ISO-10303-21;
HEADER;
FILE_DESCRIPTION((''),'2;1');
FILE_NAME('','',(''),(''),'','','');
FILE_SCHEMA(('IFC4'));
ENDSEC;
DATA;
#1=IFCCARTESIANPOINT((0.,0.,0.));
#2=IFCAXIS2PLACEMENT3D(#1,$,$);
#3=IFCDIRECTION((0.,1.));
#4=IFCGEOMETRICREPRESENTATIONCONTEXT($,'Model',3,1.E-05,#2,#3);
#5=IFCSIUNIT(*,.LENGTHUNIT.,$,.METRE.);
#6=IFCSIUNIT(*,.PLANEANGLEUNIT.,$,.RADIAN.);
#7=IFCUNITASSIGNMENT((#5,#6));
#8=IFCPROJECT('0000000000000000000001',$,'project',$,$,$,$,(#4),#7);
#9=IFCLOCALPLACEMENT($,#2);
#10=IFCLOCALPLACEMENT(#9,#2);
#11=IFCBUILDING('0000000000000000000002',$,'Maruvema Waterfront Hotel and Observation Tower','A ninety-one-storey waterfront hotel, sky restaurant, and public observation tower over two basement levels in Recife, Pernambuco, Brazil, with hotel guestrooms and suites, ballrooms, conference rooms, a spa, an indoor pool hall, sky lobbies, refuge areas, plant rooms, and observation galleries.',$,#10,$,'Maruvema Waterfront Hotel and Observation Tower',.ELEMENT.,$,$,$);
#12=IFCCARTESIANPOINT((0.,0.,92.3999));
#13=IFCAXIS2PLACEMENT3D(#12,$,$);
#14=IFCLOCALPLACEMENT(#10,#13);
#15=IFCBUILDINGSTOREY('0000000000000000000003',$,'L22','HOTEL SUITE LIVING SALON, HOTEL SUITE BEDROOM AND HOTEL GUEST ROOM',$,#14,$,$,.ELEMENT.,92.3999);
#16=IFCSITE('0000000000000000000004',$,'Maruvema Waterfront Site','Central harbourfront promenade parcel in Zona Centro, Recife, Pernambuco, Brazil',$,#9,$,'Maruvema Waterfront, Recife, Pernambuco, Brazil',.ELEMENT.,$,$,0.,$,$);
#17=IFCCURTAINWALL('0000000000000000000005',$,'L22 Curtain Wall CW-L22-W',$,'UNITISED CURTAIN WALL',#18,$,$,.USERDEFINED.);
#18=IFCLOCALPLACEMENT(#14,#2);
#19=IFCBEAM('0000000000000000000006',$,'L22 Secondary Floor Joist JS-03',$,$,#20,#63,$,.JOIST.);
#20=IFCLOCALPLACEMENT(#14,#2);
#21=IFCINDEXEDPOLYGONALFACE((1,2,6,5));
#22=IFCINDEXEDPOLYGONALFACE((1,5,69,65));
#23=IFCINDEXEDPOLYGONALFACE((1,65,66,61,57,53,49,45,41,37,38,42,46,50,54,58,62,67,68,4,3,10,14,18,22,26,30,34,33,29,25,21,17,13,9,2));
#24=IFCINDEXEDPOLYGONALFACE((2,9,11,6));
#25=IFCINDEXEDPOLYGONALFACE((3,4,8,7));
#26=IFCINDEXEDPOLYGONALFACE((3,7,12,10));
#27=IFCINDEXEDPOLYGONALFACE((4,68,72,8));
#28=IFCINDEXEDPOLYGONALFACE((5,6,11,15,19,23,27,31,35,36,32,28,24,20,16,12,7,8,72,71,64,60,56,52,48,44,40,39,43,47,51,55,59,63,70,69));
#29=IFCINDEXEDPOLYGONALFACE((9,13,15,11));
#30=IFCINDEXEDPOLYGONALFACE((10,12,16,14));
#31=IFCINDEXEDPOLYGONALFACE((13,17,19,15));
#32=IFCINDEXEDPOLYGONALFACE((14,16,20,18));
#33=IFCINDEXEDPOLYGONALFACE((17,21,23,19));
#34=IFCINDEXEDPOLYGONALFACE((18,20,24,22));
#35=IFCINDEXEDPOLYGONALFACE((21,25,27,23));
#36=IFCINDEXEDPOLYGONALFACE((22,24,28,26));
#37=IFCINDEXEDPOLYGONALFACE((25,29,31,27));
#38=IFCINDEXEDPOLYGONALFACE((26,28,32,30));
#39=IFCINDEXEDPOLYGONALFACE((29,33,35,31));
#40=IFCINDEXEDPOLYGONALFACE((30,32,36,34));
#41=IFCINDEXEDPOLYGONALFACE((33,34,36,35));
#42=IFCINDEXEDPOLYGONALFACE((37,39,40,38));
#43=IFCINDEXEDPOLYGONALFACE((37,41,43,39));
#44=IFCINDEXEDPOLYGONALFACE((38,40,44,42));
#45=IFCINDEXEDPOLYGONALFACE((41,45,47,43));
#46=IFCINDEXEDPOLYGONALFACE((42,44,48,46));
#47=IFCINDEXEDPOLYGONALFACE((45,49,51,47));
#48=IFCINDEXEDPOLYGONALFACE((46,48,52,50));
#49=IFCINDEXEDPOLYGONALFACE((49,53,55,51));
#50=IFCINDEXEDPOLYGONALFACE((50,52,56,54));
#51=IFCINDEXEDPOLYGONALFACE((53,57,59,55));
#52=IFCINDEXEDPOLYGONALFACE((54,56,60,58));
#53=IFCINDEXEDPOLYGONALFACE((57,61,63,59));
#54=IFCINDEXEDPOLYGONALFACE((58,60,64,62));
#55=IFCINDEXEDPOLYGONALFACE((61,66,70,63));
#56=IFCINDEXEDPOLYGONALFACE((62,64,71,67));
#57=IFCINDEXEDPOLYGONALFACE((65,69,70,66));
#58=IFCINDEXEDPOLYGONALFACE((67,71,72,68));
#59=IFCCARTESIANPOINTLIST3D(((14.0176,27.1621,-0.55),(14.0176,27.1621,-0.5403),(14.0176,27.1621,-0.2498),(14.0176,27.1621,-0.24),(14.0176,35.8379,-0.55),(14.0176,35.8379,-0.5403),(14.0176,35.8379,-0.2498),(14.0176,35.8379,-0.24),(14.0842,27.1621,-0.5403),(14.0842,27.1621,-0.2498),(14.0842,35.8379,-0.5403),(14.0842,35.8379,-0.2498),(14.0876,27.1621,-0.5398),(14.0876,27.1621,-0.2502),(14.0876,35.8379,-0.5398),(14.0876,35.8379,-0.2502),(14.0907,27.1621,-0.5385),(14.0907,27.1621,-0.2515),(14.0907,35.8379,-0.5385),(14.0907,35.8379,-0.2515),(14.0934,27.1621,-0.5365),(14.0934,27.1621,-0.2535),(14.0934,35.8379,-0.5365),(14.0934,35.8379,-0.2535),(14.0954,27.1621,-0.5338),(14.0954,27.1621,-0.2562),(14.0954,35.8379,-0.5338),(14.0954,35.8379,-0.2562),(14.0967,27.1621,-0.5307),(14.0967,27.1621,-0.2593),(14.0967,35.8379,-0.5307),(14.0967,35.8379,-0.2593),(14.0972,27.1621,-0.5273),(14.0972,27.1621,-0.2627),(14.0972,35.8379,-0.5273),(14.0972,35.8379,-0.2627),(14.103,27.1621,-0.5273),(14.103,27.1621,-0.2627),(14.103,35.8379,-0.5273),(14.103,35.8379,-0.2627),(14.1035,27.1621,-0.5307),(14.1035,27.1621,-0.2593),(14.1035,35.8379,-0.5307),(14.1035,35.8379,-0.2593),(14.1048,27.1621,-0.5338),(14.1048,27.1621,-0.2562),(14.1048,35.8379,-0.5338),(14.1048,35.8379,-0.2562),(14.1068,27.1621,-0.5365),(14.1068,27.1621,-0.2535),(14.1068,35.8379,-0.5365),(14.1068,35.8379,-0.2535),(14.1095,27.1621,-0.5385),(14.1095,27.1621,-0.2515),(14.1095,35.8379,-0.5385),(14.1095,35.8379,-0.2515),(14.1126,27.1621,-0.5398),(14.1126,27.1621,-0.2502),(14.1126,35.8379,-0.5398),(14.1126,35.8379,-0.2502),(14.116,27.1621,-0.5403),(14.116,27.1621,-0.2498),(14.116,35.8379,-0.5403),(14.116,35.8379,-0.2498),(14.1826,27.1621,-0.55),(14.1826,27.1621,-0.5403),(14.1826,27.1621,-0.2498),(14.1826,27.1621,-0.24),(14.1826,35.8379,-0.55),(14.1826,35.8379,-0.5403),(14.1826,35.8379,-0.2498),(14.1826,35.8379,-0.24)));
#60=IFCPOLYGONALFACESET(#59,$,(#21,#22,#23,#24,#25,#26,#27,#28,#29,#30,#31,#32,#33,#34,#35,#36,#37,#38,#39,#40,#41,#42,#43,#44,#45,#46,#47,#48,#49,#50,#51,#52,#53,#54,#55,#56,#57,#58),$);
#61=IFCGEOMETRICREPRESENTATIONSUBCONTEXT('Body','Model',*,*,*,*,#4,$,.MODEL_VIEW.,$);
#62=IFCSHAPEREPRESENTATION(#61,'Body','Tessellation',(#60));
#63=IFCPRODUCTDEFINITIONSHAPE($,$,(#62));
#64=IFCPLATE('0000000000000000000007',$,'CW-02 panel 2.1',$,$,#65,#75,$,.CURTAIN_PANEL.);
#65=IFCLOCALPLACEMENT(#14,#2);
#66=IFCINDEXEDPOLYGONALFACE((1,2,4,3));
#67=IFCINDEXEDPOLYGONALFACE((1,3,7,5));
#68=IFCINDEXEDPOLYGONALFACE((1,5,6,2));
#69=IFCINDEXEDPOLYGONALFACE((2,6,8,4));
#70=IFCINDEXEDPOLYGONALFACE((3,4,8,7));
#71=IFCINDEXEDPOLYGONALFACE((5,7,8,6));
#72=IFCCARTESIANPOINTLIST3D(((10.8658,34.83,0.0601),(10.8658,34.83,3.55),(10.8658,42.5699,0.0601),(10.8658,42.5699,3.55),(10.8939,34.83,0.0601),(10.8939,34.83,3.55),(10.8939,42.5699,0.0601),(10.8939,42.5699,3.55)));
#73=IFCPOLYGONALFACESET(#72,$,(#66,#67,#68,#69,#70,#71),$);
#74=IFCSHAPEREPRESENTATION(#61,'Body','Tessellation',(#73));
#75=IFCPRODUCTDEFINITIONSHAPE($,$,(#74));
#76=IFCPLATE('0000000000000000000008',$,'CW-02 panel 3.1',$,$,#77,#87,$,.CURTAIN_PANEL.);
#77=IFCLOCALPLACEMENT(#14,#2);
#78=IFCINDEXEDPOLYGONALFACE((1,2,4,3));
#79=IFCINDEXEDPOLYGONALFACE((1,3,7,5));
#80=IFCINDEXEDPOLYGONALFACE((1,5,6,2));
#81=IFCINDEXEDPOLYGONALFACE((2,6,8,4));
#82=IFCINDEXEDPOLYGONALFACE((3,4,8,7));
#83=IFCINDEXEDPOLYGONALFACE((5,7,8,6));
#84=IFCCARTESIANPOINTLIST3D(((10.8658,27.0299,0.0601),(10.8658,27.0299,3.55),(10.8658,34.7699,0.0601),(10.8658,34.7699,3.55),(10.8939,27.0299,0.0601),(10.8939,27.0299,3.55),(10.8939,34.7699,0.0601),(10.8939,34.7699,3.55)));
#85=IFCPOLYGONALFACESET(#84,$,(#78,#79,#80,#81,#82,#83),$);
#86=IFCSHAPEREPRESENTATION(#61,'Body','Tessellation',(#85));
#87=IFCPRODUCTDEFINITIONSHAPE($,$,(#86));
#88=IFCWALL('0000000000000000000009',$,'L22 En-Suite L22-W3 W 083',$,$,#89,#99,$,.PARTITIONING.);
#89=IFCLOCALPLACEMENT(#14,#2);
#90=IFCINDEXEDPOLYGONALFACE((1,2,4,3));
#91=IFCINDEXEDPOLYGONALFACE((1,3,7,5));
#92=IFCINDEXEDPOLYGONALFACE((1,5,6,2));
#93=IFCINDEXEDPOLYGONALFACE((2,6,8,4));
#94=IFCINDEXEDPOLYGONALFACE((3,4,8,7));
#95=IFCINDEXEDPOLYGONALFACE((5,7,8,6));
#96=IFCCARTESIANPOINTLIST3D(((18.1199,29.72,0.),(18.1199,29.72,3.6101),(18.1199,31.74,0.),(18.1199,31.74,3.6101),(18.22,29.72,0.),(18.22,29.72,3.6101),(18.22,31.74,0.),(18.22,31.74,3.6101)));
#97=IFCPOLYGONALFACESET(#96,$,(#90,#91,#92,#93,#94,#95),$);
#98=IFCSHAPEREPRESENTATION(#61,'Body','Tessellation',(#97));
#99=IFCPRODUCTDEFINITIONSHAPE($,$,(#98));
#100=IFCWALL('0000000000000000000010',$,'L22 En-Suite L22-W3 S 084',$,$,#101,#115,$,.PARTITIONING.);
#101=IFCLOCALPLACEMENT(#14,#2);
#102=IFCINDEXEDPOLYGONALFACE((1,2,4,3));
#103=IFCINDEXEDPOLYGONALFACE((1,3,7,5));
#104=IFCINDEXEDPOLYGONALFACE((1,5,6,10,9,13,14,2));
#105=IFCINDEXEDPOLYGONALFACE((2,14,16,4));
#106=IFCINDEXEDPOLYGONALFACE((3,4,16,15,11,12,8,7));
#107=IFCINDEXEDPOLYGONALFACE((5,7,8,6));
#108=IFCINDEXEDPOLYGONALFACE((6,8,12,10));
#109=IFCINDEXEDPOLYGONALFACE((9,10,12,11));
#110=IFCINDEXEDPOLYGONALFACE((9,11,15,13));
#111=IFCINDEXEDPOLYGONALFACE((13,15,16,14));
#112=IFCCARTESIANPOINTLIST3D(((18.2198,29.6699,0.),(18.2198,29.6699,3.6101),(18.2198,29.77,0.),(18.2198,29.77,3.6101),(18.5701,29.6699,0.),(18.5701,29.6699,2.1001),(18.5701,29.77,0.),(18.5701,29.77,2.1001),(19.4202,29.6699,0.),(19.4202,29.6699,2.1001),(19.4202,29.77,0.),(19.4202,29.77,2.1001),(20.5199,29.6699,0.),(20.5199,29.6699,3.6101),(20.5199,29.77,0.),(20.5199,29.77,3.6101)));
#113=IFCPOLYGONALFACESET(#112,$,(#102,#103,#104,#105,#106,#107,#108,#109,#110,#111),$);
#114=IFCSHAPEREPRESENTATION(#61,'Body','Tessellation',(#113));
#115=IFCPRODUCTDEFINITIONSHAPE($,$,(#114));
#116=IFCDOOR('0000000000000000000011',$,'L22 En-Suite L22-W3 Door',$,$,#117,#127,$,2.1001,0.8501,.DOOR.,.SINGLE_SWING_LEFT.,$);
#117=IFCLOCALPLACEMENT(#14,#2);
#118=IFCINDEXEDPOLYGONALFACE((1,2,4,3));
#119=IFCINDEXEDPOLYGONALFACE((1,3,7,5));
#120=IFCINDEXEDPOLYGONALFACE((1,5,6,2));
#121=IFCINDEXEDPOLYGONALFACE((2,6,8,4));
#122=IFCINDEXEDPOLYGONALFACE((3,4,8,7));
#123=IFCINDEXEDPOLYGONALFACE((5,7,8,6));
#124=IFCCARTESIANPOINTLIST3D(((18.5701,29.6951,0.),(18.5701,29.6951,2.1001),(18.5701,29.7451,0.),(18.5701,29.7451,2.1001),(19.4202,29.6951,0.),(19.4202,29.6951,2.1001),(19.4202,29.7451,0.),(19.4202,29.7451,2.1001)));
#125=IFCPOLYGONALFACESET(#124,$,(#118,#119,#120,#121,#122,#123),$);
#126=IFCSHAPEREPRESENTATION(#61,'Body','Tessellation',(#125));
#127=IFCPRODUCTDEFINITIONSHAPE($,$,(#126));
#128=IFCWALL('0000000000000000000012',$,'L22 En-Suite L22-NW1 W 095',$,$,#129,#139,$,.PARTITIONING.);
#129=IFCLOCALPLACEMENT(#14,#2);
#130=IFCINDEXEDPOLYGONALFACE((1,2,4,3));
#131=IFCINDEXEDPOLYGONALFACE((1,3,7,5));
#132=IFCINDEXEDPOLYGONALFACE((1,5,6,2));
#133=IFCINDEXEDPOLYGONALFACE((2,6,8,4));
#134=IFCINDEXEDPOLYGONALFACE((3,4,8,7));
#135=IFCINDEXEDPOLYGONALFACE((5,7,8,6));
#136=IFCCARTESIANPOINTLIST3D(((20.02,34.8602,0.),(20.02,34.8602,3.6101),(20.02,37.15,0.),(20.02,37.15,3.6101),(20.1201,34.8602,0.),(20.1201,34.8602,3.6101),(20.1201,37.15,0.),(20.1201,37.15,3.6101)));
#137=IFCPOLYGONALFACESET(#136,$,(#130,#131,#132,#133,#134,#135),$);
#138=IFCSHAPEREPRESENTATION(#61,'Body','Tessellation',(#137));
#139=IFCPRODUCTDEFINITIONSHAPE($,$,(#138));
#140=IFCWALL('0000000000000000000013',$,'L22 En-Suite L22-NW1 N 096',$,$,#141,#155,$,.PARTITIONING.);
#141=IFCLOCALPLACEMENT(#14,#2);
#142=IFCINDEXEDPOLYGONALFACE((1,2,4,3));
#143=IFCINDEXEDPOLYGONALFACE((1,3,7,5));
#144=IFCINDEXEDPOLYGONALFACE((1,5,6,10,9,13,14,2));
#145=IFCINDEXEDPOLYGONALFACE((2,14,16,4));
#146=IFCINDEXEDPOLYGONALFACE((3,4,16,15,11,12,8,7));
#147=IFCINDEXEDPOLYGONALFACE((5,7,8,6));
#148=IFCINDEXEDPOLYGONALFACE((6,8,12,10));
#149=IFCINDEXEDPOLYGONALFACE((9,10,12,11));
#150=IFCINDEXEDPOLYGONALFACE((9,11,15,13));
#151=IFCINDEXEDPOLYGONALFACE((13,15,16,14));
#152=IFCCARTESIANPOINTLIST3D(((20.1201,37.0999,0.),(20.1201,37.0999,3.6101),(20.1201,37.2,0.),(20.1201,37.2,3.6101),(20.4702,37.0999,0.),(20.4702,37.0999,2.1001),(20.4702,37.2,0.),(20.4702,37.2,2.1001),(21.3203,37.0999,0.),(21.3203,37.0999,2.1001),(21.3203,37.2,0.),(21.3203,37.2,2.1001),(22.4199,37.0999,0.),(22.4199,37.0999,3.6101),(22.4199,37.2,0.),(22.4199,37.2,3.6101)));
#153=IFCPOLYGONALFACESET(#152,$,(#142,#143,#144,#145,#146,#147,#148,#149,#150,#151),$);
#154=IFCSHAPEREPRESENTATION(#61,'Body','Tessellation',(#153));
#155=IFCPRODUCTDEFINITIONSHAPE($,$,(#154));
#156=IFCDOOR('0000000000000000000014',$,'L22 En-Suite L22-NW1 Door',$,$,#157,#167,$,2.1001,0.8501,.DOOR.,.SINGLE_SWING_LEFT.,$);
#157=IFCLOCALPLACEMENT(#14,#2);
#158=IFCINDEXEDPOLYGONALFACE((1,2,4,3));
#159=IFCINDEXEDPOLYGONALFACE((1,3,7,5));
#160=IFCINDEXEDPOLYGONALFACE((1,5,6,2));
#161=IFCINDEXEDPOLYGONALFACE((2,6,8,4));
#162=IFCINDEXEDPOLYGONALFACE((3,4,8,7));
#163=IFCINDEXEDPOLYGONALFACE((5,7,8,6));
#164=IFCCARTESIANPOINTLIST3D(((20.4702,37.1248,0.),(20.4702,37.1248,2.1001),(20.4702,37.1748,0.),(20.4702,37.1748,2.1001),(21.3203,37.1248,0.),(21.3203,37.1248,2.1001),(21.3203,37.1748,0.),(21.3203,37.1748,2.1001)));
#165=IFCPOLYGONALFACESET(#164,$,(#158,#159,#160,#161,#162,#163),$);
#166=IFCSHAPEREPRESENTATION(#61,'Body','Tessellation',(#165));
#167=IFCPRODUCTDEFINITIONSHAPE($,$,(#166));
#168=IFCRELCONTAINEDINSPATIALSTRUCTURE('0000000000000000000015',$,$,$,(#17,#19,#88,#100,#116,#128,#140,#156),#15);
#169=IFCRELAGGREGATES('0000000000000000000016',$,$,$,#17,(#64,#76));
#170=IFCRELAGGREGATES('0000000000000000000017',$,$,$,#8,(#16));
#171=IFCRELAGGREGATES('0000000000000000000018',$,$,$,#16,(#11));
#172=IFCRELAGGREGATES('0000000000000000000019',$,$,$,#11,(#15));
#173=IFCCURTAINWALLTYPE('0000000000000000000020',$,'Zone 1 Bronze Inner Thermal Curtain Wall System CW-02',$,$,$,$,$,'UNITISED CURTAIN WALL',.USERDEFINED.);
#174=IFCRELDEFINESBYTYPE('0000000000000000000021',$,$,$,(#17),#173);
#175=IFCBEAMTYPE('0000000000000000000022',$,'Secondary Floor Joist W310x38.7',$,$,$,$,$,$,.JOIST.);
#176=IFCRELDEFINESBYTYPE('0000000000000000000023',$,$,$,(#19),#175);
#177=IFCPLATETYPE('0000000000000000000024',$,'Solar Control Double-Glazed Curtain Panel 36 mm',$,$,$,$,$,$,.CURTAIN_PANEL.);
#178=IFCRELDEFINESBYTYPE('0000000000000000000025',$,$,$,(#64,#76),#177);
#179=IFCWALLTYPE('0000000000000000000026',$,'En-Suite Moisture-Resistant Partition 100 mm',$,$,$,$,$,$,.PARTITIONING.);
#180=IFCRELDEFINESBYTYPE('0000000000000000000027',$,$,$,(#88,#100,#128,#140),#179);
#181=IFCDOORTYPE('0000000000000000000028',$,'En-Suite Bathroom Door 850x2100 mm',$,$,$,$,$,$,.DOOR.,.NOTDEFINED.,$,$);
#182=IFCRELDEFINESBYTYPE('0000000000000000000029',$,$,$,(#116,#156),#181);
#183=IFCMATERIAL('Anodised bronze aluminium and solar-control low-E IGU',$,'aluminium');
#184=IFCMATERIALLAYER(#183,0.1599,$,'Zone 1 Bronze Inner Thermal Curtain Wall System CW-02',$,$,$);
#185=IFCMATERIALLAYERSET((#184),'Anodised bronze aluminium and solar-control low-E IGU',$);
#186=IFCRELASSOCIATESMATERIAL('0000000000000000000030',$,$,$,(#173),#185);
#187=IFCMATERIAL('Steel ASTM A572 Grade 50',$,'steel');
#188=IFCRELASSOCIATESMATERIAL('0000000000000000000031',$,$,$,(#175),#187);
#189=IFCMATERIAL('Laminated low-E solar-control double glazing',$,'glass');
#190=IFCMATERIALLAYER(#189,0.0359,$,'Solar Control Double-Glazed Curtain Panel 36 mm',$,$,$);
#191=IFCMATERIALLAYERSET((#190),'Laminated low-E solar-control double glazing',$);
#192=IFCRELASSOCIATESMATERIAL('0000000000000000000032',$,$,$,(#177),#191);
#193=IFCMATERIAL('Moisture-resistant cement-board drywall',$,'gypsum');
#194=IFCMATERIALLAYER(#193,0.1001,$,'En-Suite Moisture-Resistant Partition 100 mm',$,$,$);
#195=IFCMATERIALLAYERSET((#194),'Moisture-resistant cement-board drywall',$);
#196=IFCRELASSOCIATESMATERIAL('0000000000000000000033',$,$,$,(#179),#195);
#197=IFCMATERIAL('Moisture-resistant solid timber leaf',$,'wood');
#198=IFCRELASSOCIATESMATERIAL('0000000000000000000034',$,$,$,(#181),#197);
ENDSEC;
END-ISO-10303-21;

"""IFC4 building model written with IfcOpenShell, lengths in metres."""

from ifc_helpers import new_model, si_unit, direction, frame, frame_2d, origin, origin_2d, place, context, subcontext, project, spatial, rectangle, i_section, extrude, material, layer, layer_set, material_profile, profile_set, type_object, element, fill, aggregate, save


model = new_model("IFC4")

# Units and contexts
model_context = context("Model", 3, precision=1e-05, world=origin(), true_north=direction((0.0, 1.0)))
body_context = subcontext(model_context, "Body", "Model", "MODEL_VIEW")
ifc_project = project(units=[si_unit("LENGTHUNIT", "METRE"), si_unit("PLANEANGLEUNIT", "RADIAN")], contexts=[model_context])

# Site, building, storey
site_placement = place(None, origin())
site = spatial("IfcSite", under=ifc_project, at=site_placement, Name="Maruvema Waterfront Site", Description="Central harbourfront promenade parcel in Zona Centro, Recife, Pernambuco, Brazil", LongName="Maruvema Waterfront, Recife, Pernambuco, Brazil", CompositionType="ELEMENT", RefElevation=0.0)
building_placement = place(site_placement, origin())
building = spatial("IfcBuilding", under=site, at=building_placement, Name="Maruvema Waterfront Hotel and Observation Tower", Description="A ninety-one-storey waterfront hotel, sky restaurant, and public observation tower over two basement levels in Recife, Pernambuco, Brazil, with hotel guestrooms and suites, ballrooms, conference rooms, a spa, an indoor pool hall, sky lobbies, refuge areas, plant rooms, and observation galleries.", LongName="Maruvema Waterfront Hotel and Observation Tower", CompositionType="ELEMENT")
storey_placement = place(building_placement, frame((0.0, 0.0, 92.3999)))
storey = spatial("IfcBuildingStorey", under=building, at=storey_placement, Name="L22", Description="HOTEL SUITE LIVING SALON, HOTEL SUITE BEDROOM AND HOTEL GUEST ROOM", CompositionType="ELEMENT", Elevation=92.3999)

# Curtain wall
ifc_material_1 = material(Name="Anodised bronze aluminium and solar-control low-E IGU", Category="aluminium")
ifc_layer_1 = layer(ifc_material_1, 0.1599, Name="Zone 1 Bronze Inner Thermal Curtain Wall System CW-02")
ifc_layer_set_1 = layer_set([ifc_layer_1], Name="Anodised bronze aluminium and solar-control low-E IGU")
curtain_wall_type = type_object("IfcCurtainWallType", Name="Zone 1 Bronze Inner Thermal Curtain Wall System CW-02", ElementType="UNITISED CURTAIN WALL", PredefinedType="USERDEFINED", material=ifc_layer_set_1)
curtain_wall_placement = place(storey_placement, origin())
curtain_wall = element("IfcCurtainWall", 1, at=curtain_wall_placement, inside=storey, type_object=curtain_wall_type, Name="L22 Curtain Wall CW-L22-W", ObjectType="UNITISED CURTAIN WALL", PredefinedType="USERDEFINED")

# Beam
ifc_material_2 = material(Name="Steel ASTM A572 Grade 50", Category="steel")
ifc_material_profile_1 = material_profile(ifc_material_2, i_section(OverallWidth=0.165, OverallDepth=0.3101, WebThickness=0.0059, FlangeThickness=0.0098, FilletRadius=0.0129, at=origin_2d()), Name="W310x38.7")
ifc_profile_set_1 = profile_set([ifc_material_profile_1], Name="Steel ASTM A572 Grade 50")
beam_type_1 = type_object("IfcBeamType", Name="Secondary Floor Joist W310x38.7", PredefinedType="JOIST", material=ifc_profile_set_1)
beam_1_placement = place(storey_placement, frame((14.1001, 27.1621, -0.395), z_axis=(0.0, 1.0, 0.0), x_axis=(-1.0, 0.0, 0.0)))
element("IfcBeam", 2, at=beam_1_placement, inside=storey, type_object=beam_type_1, Name="L22 Secondary Floor Joist JS-03", PredefinedType="JOIST", context=body_context, shape_type="SweptSolid", body=[
    extrude(i_section(OverallWidth=0.165, OverallDepth=0.3101, WebThickness=0.0059, FlangeThickness=0.0098, FilletRadius=0.0129, at=origin_2d()), origin(), (0.0, 0.0, 1.0), 8.6758),
])

# Plates
ifc_material_3 = material(Name="Laminated low-E solar-control double glazing", Category="glass")
ifc_layer_2 = layer(ifc_material_3, 0.0359, Name="Solar Control Double-Glazed Curtain Panel 36 mm")
ifc_layer_set_2 = layer_set([ifc_layer_2], Name="Laminated low-E solar-control double glazing")
plate_type = type_object("IfcPlateType", Name="Solar Control Double-Glazed Curtain Panel 36 mm", PredefinedType="CURTAIN_PANEL", material=ifc_layer_set_2)
plate_1_placement = place(storey_placement, frame((10.8799, 38.7, 0.0601), z_axis=(0.0, 0.0, 1.0), x_axis=(0.0, -1.0, 0.0)))
plate_1 = element("IfcPlate", 3, at=plate_1_placement, type_object=plate_type, Name="CW-02 panel 2.1", PredefinedType="CURTAIN_PANEL", context=body_context, shape_type="SweptSolid", body=[
    extrude(rectangle(XDim=7.74, YDim=0.0281, at=origin_2d()), origin(), (0.0, 0.0, 1.0), 3.49),
])
plate_2_placement = place(storey_placement, frame((10.8799, 30.8999, 0.0601), z_axis=(0.0, 0.0, 1.0), x_axis=(0.0, -1.0, 0.0)))
plate_2 = element("IfcPlate", 4, at=plate_2_placement, type_object=plate_type, Name="CW-02 panel 3.1", PredefinedType="CURTAIN_PANEL", context=body_context, shape_type="SweptSolid", body=[
    extrude(rectangle(XDim=7.74, YDim=0.0281, at=origin_2d()), origin(), (0.0, 0.0, 1.0), 3.49),
])
aggregate(curtain_wall, [plate_1, plate_2])

# Wall
ifc_material_4 = material(Name="Moisture-resistant cement-board drywall", Category="gypsum")
ifc_layer_3 = layer(ifc_material_4, 0.1001, Name="En-Suite Moisture-Resistant Partition 100 mm")
ifc_layer_set_3 = layer_set([ifc_layer_3], Name="Moisture-resistant cement-board drywall")
wall_type_1 = type_object("IfcWallType", Name="En-Suite Moisture-Resistant Partition 100 mm", PredefinedType="PARTITIONING", material=ifc_layer_set_3)
wall_1_placement = place(storey_placement, frame((18.1699, 29.72, 0.0), z_axis=(0.0, 0.0, 1.0), x_axis=(0.0, 1.0, 0.0)))
element("IfcWall", 5, at=wall_1_placement, inside=storey, type_object=wall_type_1, Name="L22 En-Suite L22-W3 W 083", PredefinedType="PARTITIONING", context=body_context, shape_type="SweptSolid", body=[
    extrude(rectangle(XDim=2.02, YDim=0.1001, at=frame_2d((1.01, 0.0))), origin(), (0.0, 0.0, 1.0), 3.6101),
])

# Wall, opening, door
wall_2_placement = place(storey_placement, frame((18.22, 29.72, 0.0), z_axis=(0.0, 0.0, 1.0), x_axis=(1.0, 0.0, 0.0)))
wall_2 = element("IfcWall", 6, at=wall_2_placement, inside=storey, type_object=wall_type_1, Name="L22 En-Suite L22-W3 S 084", PredefinedType="PARTITIONING", context=body_context, shape_type="SweptSolid", body=[
    extrude(rectangle(XDim=2.3, YDim=0.1001, at=frame_2d((1.1499, 0.0))), origin(), (0.0, 0.0, 1.0), 3.6101),
])
opening_1_placement = place(wall_2_placement, frame((0.3501, 0.0, 0.0)))
opening_1 = element("IfcOpeningElement", 7, at=opening_1_placement, cuts=wall_2, PredefinedType="OPENING", context=body_context, shape_type="SweptSolid", body=[
    extrude(rectangle(XDim=0.8501, YDim=2.1001, at=frame_2d((0.425, 1.05))), frame((0.0, 0.0601, 0.0), z_axis=(0.0, -1.0, 0.0), x_axis=(1.0, 0.0, 0.0)), (0.0, 0.0, 1.0), 0.1201),
])
ifc_material_5 = material(Name="Moisture-resistant solid timber leaf", Category="wood")
door_type_1 = type_object("IfcDoorType", Name="En-Suite Bathroom Door 850x2100 mm", OperationType="NOTDEFINED", PredefinedType="DOOR", material=ifc_material_5)
door_1_placement = place(opening_1_placement, frame((0.8501, 0.0, 0.0), z_axis=(0.0, 0.0, 1.0), x_axis=(-1.0, 0.0, 0.0)))
door_1 = element("IfcDoor", 8, at=door_1_placement, inside=storey, type_object=door_type_1, Name="L22 En-Suite L22-W3 Door", OperationType="SINGLE_SWING_LEFT", OverallHeight=2.1001, OverallWidth=0.8501, PredefinedType="DOOR", context=body_context, shape_type="SweptSolid", body=[
    extrude(rectangle(XDim=0.8501, YDim=2.1001, at=frame_2d((0.425, 1.05))), frame((0.0, 0.0249, 0.0), z_axis=(0.0, -1.0, 0.0), x_axis=(1.0, 0.0, 0.0)), (0.0, 0.0, 1.0), 0.05),
])
fill(opening_1, door_1)

# Wall
wall_3_placement = place(storey_placement, frame((20.0701, 34.8601, 0.0), z_axis=(0.0, 0.0, 1.0), x_axis=(0.0, 1.0, 0.0)))
element("IfcWall", 9, at=wall_3_placement, inside=storey, type_object=wall_type_1, Name="L22 En-Suite L22-NW1 W 095", PredefinedType="PARTITIONING", context=body_context, shape_type="SweptSolid", body=[
    extrude(rectangle(XDim=2.2898, YDim=0.1001, at=frame_2d((1.145, 0.0))), origin(), (0.0, 0.0, 1.0), 3.6101),
])

# Wall, opening, door
wall_4_placement = place(storey_placement, frame((20.1201, 37.1499, 0.0), z_axis=(0.0, 0.0, 1.0), x_axis=(1.0, 0.0, 0.0)))
wall_4 = element("IfcWall", 10, at=wall_4_placement, inside=storey, type_object=wall_type_1, Name="L22 En-Suite L22-NW1 N 096", PredefinedType="PARTITIONING", context=body_context, shape_type="SweptSolid", body=[
    extrude(rectangle(XDim=2.2998, YDim=0.1001, at=frame_2d((1.1499, 0.0))), origin(), (0.0, 0.0, 1.0), 3.6101),
])
opening_2_placement = place(wall_4_placement, frame((0.3501, 0.0, 0.0)))
opening_2 = element("IfcOpeningElement", 11, at=opening_2_placement, cuts=wall_4, PredefinedType="OPENING", context=body_context, shape_type="SweptSolid", body=[
    extrude(rectangle(XDim=0.8501, YDim=2.1001, at=frame_2d((0.425, 1.05))), frame((0.0, 0.0601, 0.0), z_axis=(0.0, -1.0, 0.0), x_axis=(1.0, 0.0, 0.0)), (0.0, 0.0, 1.0), 0.1201),
])
door_2_placement = place(opening_2_placement, origin())
door_2 = element("IfcDoor", 12, at=door_2_placement, inside=storey, type_object=door_type_1, Name="L22 En-Suite L22-NW1 Door", OperationType="SINGLE_SWING_LEFT", OverallHeight=2.1001, OverallWidth=0.8501, PredefinedType="DOOR", context=body_context, shape_type="SweptSolid", body=[
    extrude(rectangle(XDim=0.8501, YDim=2.1001, at=frame_2d((0.425, 1.05))), frame((0.0, 0.0249, 0.0), z_axis=(0.0, -1.0, 0.0), x_axis=(1.0, 0.0, 0.0)), (0.0, 0.0, 1.0), 0.05),
])
fill(opening_2, door_2)

save(model, "model.ifc")
